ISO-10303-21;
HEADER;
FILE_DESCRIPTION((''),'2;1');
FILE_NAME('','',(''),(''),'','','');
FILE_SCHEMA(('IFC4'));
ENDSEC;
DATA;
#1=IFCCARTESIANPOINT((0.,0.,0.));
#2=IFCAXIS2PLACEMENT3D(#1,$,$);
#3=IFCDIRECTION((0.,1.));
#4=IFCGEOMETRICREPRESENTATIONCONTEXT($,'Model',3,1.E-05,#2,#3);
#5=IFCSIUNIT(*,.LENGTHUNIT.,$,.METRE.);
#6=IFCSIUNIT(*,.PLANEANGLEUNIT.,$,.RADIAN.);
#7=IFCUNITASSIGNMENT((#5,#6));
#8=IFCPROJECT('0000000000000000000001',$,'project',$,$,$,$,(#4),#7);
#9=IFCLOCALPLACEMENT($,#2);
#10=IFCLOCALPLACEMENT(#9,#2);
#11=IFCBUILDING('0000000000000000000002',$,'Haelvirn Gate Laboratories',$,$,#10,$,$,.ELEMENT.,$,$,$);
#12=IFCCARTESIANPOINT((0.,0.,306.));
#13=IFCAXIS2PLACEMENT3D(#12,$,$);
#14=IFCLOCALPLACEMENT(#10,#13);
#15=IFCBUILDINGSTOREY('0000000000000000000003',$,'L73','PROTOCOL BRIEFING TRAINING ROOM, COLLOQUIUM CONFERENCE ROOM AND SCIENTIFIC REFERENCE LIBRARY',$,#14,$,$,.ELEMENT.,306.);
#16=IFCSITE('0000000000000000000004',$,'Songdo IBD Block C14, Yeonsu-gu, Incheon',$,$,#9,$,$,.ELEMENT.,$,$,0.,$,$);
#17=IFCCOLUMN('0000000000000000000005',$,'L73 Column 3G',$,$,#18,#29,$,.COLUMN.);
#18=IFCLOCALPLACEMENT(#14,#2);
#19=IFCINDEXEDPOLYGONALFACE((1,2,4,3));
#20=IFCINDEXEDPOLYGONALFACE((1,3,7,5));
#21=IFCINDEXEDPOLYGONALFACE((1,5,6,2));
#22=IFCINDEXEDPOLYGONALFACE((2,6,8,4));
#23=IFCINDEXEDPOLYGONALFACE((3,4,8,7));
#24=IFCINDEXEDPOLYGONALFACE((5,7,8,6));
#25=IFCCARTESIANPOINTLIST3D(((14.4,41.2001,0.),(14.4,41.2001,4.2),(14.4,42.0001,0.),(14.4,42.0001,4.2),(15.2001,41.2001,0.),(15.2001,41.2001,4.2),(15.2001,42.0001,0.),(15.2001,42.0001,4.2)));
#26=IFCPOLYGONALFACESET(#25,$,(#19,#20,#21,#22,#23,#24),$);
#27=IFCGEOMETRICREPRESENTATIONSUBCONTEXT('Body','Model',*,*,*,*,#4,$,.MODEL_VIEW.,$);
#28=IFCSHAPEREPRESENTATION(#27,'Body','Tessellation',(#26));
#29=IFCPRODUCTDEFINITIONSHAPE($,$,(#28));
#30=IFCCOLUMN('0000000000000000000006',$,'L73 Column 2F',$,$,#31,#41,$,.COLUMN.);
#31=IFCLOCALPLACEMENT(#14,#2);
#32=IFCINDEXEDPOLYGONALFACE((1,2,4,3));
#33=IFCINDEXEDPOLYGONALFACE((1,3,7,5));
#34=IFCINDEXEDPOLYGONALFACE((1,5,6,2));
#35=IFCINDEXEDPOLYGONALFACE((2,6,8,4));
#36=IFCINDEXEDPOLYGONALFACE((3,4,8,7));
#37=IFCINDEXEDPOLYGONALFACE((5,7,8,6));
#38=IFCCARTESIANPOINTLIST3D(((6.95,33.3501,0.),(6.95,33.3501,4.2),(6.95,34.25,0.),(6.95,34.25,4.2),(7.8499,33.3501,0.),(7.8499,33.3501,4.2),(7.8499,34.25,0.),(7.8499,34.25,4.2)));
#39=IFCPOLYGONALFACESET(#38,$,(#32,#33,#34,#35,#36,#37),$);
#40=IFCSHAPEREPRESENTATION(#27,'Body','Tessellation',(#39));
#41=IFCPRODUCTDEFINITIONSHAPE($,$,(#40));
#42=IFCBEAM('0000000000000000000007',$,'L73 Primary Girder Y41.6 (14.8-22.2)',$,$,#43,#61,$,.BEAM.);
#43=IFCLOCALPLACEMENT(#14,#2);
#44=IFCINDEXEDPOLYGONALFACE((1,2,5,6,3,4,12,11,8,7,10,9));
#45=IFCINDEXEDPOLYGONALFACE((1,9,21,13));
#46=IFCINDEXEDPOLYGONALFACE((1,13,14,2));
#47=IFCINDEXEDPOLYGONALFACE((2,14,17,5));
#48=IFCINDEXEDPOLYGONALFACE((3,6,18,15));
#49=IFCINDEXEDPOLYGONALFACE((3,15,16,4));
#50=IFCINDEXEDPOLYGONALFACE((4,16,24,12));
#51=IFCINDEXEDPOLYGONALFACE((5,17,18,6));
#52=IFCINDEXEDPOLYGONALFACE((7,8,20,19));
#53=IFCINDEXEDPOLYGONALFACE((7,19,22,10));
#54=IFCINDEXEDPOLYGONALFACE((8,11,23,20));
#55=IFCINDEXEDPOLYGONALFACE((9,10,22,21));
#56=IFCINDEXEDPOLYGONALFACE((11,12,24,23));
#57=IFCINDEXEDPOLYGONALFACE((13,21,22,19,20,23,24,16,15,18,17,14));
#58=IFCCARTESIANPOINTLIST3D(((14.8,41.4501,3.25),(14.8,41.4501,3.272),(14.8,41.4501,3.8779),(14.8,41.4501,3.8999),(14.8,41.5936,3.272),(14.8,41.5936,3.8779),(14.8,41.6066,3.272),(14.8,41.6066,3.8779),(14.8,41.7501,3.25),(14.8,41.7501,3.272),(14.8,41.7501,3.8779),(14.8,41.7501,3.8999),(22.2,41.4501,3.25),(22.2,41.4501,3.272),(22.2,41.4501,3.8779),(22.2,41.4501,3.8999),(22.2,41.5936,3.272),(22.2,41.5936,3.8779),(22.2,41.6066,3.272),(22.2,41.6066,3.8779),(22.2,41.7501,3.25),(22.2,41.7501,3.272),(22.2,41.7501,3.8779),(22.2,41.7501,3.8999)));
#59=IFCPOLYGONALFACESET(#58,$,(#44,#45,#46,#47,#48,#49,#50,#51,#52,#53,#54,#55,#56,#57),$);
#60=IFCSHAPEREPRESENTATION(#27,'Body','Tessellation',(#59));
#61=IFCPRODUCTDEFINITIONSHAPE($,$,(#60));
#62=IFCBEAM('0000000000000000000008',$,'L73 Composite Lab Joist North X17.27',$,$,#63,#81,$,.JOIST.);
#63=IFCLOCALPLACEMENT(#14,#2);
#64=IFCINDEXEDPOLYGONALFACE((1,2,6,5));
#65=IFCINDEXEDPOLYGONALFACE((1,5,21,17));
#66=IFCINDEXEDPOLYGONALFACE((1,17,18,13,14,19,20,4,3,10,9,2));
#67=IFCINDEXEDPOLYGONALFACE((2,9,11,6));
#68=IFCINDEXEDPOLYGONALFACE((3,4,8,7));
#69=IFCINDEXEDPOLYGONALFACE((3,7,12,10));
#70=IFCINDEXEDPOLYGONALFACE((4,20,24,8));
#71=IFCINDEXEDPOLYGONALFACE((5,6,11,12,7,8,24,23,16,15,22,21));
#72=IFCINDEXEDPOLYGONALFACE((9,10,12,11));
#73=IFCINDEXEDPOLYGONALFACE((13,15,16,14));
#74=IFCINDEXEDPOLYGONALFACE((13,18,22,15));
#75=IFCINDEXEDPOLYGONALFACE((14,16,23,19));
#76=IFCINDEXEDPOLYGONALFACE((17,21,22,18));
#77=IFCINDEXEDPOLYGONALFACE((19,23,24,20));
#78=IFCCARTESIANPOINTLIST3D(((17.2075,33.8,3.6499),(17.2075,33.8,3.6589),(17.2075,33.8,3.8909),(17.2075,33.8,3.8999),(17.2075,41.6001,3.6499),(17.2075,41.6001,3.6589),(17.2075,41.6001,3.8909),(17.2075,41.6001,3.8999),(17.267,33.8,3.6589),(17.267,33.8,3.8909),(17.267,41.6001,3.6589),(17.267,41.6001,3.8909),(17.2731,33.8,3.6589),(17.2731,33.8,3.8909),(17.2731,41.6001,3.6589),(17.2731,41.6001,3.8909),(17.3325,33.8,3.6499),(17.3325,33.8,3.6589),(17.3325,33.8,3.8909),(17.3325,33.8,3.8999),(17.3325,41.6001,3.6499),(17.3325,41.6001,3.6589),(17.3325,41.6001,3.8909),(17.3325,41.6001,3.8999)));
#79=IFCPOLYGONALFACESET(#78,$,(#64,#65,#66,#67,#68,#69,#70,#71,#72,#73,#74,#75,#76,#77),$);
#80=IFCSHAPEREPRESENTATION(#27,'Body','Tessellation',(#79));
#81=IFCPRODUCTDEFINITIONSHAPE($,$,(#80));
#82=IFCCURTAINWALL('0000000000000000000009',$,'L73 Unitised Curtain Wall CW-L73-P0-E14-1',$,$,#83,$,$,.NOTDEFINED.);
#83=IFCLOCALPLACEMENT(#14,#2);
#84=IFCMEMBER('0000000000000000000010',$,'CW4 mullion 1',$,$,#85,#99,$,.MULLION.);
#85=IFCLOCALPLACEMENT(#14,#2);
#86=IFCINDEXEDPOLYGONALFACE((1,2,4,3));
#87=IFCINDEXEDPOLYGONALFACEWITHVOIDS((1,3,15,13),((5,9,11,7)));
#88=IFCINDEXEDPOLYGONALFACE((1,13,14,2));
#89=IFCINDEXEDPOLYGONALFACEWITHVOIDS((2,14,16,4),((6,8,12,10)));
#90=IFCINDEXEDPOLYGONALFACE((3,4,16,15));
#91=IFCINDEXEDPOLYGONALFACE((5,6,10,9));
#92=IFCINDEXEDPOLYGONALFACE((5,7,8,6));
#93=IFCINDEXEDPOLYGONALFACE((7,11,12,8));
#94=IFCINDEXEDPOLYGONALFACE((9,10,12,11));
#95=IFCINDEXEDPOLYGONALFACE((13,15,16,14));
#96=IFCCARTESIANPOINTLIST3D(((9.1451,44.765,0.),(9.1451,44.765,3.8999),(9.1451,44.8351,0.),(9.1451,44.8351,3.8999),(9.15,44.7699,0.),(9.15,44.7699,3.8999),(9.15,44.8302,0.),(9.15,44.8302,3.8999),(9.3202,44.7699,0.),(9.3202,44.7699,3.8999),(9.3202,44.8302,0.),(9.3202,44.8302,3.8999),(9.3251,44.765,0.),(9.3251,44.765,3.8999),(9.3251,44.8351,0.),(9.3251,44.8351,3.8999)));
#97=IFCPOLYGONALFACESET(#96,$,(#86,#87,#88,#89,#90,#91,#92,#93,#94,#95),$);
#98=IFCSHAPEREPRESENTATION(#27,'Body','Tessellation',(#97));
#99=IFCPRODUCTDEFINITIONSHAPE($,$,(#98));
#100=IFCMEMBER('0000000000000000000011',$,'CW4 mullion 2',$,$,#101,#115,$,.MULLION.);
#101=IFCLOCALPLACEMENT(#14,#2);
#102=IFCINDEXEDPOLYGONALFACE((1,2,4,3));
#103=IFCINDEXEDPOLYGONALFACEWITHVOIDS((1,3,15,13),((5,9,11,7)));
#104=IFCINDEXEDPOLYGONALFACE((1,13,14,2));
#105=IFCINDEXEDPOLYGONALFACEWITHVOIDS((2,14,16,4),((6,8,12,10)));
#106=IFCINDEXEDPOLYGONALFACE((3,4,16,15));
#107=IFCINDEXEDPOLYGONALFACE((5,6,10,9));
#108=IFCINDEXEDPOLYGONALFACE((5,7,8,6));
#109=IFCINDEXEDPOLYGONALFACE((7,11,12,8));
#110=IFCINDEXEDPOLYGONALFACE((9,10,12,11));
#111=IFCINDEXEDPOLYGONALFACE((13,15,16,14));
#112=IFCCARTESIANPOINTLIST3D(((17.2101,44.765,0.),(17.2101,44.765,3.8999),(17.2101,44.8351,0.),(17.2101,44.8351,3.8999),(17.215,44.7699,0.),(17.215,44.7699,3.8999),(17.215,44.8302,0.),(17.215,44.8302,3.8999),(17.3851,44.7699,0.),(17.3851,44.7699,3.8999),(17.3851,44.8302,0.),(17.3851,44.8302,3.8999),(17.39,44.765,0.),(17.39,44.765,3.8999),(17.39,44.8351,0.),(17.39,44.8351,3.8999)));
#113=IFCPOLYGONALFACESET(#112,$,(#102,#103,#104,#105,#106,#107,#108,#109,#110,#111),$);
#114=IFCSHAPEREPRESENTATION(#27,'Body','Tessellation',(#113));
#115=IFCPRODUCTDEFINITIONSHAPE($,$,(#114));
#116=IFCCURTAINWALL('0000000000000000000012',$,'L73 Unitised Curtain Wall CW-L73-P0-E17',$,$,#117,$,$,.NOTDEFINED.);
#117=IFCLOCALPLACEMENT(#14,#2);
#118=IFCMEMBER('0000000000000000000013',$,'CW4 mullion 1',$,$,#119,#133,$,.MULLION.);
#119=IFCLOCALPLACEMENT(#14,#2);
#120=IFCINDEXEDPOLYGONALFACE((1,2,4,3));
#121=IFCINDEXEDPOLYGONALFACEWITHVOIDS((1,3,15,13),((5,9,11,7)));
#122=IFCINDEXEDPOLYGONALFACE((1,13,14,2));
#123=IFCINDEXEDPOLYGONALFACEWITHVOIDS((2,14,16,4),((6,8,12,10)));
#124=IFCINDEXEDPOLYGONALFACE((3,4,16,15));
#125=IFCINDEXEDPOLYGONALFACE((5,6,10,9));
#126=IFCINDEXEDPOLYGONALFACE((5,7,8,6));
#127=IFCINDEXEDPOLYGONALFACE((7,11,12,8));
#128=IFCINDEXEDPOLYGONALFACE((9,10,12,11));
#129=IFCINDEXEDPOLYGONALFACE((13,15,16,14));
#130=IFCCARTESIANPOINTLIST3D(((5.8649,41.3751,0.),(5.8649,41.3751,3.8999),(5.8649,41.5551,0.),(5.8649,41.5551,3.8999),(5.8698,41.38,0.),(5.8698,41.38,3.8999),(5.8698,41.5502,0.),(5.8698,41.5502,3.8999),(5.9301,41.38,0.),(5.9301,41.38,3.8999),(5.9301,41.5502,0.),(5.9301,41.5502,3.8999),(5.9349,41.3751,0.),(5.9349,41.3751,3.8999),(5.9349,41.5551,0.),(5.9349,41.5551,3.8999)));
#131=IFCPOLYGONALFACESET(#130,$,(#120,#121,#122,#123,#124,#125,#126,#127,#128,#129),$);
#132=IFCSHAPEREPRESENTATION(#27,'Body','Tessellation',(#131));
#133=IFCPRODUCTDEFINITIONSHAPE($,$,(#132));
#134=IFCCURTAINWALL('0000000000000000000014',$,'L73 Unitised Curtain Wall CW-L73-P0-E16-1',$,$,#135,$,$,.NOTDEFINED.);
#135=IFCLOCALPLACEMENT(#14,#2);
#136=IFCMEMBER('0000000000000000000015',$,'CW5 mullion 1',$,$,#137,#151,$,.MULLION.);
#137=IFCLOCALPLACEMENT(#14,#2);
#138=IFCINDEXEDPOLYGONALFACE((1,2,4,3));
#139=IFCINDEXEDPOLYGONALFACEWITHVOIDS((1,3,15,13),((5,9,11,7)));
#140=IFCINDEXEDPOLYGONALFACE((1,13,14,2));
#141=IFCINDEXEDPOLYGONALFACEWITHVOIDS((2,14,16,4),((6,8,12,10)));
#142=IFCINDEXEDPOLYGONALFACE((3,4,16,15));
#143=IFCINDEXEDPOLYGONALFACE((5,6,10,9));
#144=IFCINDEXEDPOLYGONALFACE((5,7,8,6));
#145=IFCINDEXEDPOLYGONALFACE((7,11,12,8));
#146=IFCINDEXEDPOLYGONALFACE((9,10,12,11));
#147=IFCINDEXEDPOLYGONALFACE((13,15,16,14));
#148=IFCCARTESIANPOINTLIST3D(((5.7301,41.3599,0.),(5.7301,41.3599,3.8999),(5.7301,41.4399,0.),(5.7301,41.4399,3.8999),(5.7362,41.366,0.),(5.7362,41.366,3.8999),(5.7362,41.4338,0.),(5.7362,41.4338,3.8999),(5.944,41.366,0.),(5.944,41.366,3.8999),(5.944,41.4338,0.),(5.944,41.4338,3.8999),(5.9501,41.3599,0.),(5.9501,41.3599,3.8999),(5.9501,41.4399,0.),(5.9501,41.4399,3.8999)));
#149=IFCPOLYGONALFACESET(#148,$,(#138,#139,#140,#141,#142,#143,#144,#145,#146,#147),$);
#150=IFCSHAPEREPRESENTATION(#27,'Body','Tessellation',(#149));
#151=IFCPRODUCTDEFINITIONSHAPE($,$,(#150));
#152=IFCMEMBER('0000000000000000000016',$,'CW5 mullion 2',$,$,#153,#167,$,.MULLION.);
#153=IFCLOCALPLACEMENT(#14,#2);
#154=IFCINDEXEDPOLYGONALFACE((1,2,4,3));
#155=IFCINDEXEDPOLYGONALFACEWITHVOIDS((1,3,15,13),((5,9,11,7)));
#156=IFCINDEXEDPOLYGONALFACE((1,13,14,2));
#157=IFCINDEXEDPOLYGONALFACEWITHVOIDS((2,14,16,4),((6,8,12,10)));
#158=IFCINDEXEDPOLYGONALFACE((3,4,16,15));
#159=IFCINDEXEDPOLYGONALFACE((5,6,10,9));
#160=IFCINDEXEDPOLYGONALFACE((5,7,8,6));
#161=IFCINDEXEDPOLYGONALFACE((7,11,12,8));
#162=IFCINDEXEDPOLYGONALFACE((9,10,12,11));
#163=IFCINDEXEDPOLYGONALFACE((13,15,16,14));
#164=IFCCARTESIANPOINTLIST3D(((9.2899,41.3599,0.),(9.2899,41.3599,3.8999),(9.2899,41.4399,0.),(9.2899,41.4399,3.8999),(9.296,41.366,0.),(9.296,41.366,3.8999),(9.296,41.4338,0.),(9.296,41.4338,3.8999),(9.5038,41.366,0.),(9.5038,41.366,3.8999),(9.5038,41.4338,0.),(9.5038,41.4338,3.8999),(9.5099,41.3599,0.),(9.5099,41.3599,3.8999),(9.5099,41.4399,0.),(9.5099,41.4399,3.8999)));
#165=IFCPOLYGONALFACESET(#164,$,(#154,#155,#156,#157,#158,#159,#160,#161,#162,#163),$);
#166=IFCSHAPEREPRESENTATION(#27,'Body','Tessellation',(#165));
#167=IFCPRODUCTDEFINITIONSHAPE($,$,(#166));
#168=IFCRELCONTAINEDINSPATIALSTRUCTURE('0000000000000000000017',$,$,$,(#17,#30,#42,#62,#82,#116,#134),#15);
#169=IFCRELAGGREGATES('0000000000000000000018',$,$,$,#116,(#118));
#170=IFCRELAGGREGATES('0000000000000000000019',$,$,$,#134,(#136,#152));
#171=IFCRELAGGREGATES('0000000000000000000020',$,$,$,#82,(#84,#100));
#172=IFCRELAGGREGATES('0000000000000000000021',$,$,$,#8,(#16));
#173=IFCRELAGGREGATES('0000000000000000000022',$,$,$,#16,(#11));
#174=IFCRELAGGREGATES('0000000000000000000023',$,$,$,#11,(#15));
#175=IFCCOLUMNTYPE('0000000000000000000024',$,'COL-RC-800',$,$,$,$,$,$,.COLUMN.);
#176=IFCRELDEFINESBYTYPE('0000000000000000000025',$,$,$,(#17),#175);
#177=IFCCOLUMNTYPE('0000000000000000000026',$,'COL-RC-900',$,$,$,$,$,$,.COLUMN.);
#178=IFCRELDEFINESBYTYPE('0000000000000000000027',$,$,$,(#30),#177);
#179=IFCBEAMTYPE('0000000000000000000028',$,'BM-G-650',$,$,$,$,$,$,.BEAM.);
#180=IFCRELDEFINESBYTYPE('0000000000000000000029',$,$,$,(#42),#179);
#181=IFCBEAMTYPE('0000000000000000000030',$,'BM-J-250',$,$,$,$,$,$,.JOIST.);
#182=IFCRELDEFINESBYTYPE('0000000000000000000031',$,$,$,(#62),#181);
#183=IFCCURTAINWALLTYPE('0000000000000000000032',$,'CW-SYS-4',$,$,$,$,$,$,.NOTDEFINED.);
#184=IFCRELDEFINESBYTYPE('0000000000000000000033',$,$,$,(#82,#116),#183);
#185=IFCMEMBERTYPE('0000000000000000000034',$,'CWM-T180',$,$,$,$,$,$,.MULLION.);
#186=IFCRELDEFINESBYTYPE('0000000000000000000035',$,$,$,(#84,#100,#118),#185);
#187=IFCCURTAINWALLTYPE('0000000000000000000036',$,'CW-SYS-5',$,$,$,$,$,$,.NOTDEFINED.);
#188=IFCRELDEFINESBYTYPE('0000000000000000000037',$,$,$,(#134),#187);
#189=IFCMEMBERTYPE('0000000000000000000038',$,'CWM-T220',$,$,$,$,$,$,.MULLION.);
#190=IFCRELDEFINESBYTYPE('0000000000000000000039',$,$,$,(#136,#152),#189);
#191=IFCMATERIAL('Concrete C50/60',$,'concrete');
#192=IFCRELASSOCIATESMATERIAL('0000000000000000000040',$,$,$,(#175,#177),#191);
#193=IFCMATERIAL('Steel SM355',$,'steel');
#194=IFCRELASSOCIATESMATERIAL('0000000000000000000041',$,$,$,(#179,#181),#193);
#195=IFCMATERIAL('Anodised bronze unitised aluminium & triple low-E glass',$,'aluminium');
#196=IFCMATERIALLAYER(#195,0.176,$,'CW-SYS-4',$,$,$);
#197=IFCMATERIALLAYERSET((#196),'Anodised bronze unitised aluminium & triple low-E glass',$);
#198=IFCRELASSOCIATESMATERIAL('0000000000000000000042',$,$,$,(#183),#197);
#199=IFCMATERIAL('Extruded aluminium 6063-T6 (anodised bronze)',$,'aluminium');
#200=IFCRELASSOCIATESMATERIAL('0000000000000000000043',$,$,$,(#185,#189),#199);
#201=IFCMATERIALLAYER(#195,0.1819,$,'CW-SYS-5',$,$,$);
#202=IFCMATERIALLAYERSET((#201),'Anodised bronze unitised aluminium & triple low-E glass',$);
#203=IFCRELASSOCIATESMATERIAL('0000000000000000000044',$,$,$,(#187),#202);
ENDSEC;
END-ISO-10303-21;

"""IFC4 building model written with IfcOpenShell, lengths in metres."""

from ifc_helpers import new_model, si_unit, direction, frame, origin, origin_2d, place, context, subcontext, project, spatial, rectangle, hollow_rectangle, i_section, extrude, source, transform, mapped, material, layer, layer_set, material_profile, profile_set, type_object, type_shapes, element, aggregate, save


model = new_model("IFC4")

# Units and contexts
model_context = context("Model", 3, precision=1e-05, world=origin(), true_north=direction((0.0, 1.0)))
body_context = subcontext(model_context, "Body", "Model", "MODEL_VIEW")
ifc_project = project(units=[si_unit("LENGTHUNIT", "METRE"), si_unit("PLANEANGLEUNIT", "RADIAN")], contexts=[model_context])

# Site, building, storey
site_placement = place(None, origin())
site = spatial("IfcSite", under=ifc_project, at=site_placement, Name="Songdo IBD Block C14, Yeonsu-gu, Incheon", CompositionType="ELEMENT", RefElevation=0.0)
building_placement = place(site_placement, origin())
building = spatial("IfcBuilding", under=site, at=building_placement, Name="Haelvirn Gate Laboratories", CompositionType="ELEMENT")
storey_placement = place(building_placement, frame((0.0, 0.0, 306.0)))
storey = spatial("IfcBuildingStorey", under=building, at=storey_placement, Name="L73", Description="PROTOCOL BRIEFING TRAINING ROOM, COLLOQUIUM CONFERENCE ROOM AND SCIENTIFIC REFERENCE LIBRARY", CompositionType="ELEMENT", Elevation=306.0)

# Columns
ifc_material_1 = material(Name="Concrete C50/60", Category="concrete")
ifc_material_profile_1 = material_profile(ifc_material_1, rectangle(XDim=0.8, YDim=0.8, at=origin_2d()), Name="RC-800x800")
ifc_profile_set_1 = profile_set([ifc_material_profile_1], Name="Concrete C50/60")
column_type_1 = type_object("IfcColumnType", Name="COL-RC-800", PredefinedType="COLUMN", material=ifc_profile_set_1)
shared_shape_1 = source(origin(), body_context, "Body", "SweptSolid", [
    extrude(rectangle(XDim=0.8, YDim=0.8, at=origin_2d()), origin(), (0.0, 0.0, 1.0), 4.2),
])
type_shapes(column_type_1, [shared_shape_1])
column_1_placement = place(storey_placement, frame((14.8, 41.6001, 0.0), z_axis=(0.0, 0.0, 1.0), x_axis=(1.0, 0.0, 0.0)))
element("IfcColumn", 1, at=column_1_placement, inside=storey, type_object=column_type_1, Name="L73 Column 3G", PredefinedType="COLUMN", context=body_context, shape_type="MappedRepresentation", body=[
    mapped(shared_shape_1, transform((0.0, 0.0, 0.0), scale=1.0)),
])
ifc_material_profile_2 = material_profile(ifc_material_1, rectangle(XDim=0.8999, YDim=0.8999, at=origin_2d()), Name="RC-900x900")
ifc_profile_set_2 = profile_set([ifc_material_profile_2], Name="Concrete C50/60")
column_type_2 = type_object("IfcColumnType", Name="COL-RC-900", PredefinedType="COLUMN", material=ifc_profile_set_2)
shared_shape_2 = source(origin(), body_context, "Body", "SweptSolid", [
    extrude(rectangle(XDim=0.8999, YDim=0.8999, at=origin_2d()), origin(), (0.0, 0.0, 1.0), 4.2),
])
type_shapes(column_type_2, [shared_shape_2])
column_2_placement = place(storey_placement, frame((7.3999, 33.8, 0.0), z_axis=(0.0, 0.0, 1.0), x_axis=(1.0, 0.0, 0.0)))
element("IfcColumn", 2, at=column_2_placement, inside=storey, type_object=column_type_2, Name="L73 Column 2F", PredefinedType="COLUMN", context=body_context, shape_type="MappedRepresentation", body=[
    mapped(shared_shape_2, transform((0.0, 0.0, 0.0), scale=1.0)),
])

# Beams
ifc_material_2 = material(Name="Steel SM355", Category="steel")
ifc_material_profile_3 = material_profile(ifc_material_2, i_section(OverallWidth=0.3, OverallDepth=0.6499, WebThickness=0.0129, FlangeThickness=0.022, at=origin_2d()), Name="H-650x300x13x22")
ifc_profile_set_3 = profile_set([ifc_material_profile_3], Name="Steel SM355")
beam_type_1 = type_object("IfcBeamType", Name="BM-G-650", PredefinedType="BEAM", material=ifc_profile_set_3)
shared_shape_3 = source(origin(), body_context, "Body", "SweptSolid", [
    extrude(i_section(OverallWidth=0.3, OverallDepth=0.6499, WebThickness=0.0129, FlangeThickness=0.022, at=origin_2d()), origin(), (0.0, 0.0, 1.0), 7.3999),
])
type_shapes(beam_type_1, [shared_shape_3])
beam_1_placement = place(storey_placement, frame((14.8, 41.6001, 3.575), z_axis=(1.0, 0.0, 0.0), x_axis=(0.0, 1.0, 0.0)))
element("IfcBeam", 3, at=beam_1_placement, inside=storey, type_object=beam_type_1, Name="L73 Primary Girder Y41.6 (14.8-22.2)", PredefinedType="BEAM", context=body_context, shape_type="MappedRepresentation", body=[
    mapped(shared_shape_3, transform((0.0, 0.0, 0.0), scale=1.0)),
])
ifc_material_profile_4 = material_profile(ifc_material_2, i_section(OverallWidth=0.125, OverallDepth=0.25, WebThickness=0.0061, FlangeThickness=0.009, at=origin_2d()), Name="H-250x125x6x9")
ifc_profile_set_4 = profile_set([ifc_material_profile_4], Name="Steel SM355")
beam_type_2 = type_object("IfcBeamType", Name="BM-J-250", PredefinedType="JOIST", material=ifc_profile_set_4)
shared_shape_4 = source(origin(), body_context, "Body", "SweptSolid", [
    extrude(i_section(OverallWidth=0.125, OverallDepth=0.25, WebThickness=0.0061, FlangeThickness=0.009, at=origin_2d()), origin(), (0.0, 0.0, 1.0), 7.8),
])
type_shapes(beam_type_2, [shared_shape_4])
beam_2_placement = place(storey_placement, frame((17.27, 33.8, 3.7749), z_axis=(0.0, 1.0, 0.0), x_axis=(-1.0, 0.0, 0.0)))
element("IfcBeam", 4, at=beam_2_placement, inside=storey, type_object=beam_type_2, Name="L73 Composite Lab Joist North X17.27", PredefinedType="JOIST", context=body_context, shape_type="MappedRepresentation", body=[
    mapped(shared_shape_4, transform((0.0, 0.0, 0.0), scale=1.0)),
])

# Curtain wall, members
ifc_material_3 = material(Name="Anodised bronze unitised aluminium & triple low-E glass", Category="aluminium")
ifc_layer_1 = layer(ifc_material_3, 0.176, Name="CW-SYS-4")
ifc_layer_set_1 = layer_set([ifc_layer_1], Name="Anodised bronze unitised aluminium & triple low-E glass")
curtain_wall_type_1 = type_object("IfcCurtainWallType", Name="CW-SYS-4", PredefinedType="NOTDEFINED", material=ifc_layer_set_1)
curtain_wall_1_placement = place(storey_placement, origin())
curtain_wall_1 = element("IfcCurtainWall", 5, at=curtain_wall_1_placement, inside=storey, type_object=curtain_wall_type_1, Name="L73 Unitised Curtain Wall CW-L73-P0-E14-1", PredefinedType="NOTDEFINED")
ifc_material_4 = material(Name="Extruded aluminium 6063-T6 (anodised bronze)", Category="aluminium")
ifc_material_profile_5 = material_profile(ifc_material_4, hollow_rectangle(XDim=0.0701, YDim=0.1799, WallThickness=0.0049, at=origin_2d()), Name="CWM-180x70x5")
ifc_profile_set_5 = profile_set([ifc_material_profile_5], Name="Extruded aluminium 6063-T6 (anodised bronze)")
member_type_1 = type_object("IfcMemberType", Name="CWM-T180", PredefinedType="MULLION", material=ifc_profile_set_5)
shared_shape_5 = source(origin(), body_context, "Body", "SweptSolid", [
    extrude(hollow_rectangle(XDim=0.0701, YDim=0.1799, WallThickness=0.0049, at=origin_2d()), origin(), (0.0, 0.0, 1.0), 3.8999),
])
type_shapes(member_type_1, [shared_shape_5])
member_1_placement = place(storey_placement, frame((9.2351, 44.8, 0.0), z_axis=(0.0, 0.0, 1.0), x_axis=(0.0, 1.0, 0.0)))
member_1 = element("IfcMember", 6, at=member_1_placement, type_object=member_type_1, Name="CW4 mullion 1", PredefinedType="MULLION", context=body_context, shape_type="MappedRepresentation", body=[
    mapped(shared_shape_5, transform((0.0, 0.0, 0.0), scale=1.0)),
])
member_2_placement = place(storey_placement, frame((17.3, 44.8, 0.0), z_axis=(0.0, 0.0, 1.0), x_axis=(0.0, 1.0, 0.0)))
member_2 = element("IfcMember", 7, at=member_2_placement, type_object=member_type_1, Name="CW4 mullion 2", PredefinedType="MULLION", context=body_context, shape_type="MappedRepresentation", body=[
    mapped(shared_shape_5, transform((0.0, 0.0, 0.0), scale=1.0)),
])

# Curtain wall, member
curtain_wall_2_placement = place(storey_placement, origin())
curtain_wall_2 = element("IfcCurtainWall", 8, at=curtain_wall_2_placement, inside=storey, type_object=curtain_wall_type_1, Name="L73 Unitised Curtain Wall CW-L73-P0-E17", PredefinedType="NOTDEFINED")
member_3_placement = place(storey_placement, frame((5.8999, 41.4651, 0.0), z_axis=(0.0, 0.0, 1.0), x_axis=(1.0, 0.0, 0.0)))
member_3 = element("IfcMember", 9, at=member_3_placement, type_object=member_type_1, Name="CW4 mullion 1", PredefinedType="MULLION", context=body_context, shape_type="MappedRepresentation", body=[
    mapped(shared_shape_5, transform((0.0, 0.0, 0.0), scale=1.0)),
])

# Curtain wall, members
ifc_layer_2 = layer(ifc_material_3, 0.1819, Name="CW-SYS-5")
ifc_layer_set_2 = layer_set([ifc_layer_2], Name="Anodised bronze unitised aluminium & triple low-E glass")
curtain_wall_type_2 = type_object("IfcCurtainWallType", Name="CW-SYS-5", PredefinedType="NOTDEFINED", material=ifc_layer_set_2)
curtain_wall_3_placement = place(storey_placement, origin())
curtain_wall_3 = element("IfcCurtainWall", 10, at=curtain_wall_3_placement, inside=storey, type_object=curtain_wall_type_2, Name="L73 Unitised Curtain Wall CW-L73-P0-E16-1", PredefinedType="NOTDEFINED")
ifc_material_profile_6 = material_profile(ifc_material_4, hollow_rectangle(XDim=0.0801, YDim=0.22, WallThickness=0.0061, at=origin_2d()), Name="CWM-220x80x6")
ifc_profile_set_6 = profile_set([ifc_material_profile_6], Name="Extruded aluminium 6063-T6 (anodised bronze)")
member_type_2 = type_object("IfcMemberType", Name="CWM-T220", PredefinedType="MULLION", material=ifc_profile_set_6)
shared_shape_6 = source(origin(), body_context, "Body", "SweptSolid", [
    extrude(hollow_rectangle(XDim=0.0801, YDim=0.22, WallThickness=0.0061, at=origin_2d()), origin(), (0.0, 0.0, 1.0), 3.8999),
])
type_shapes(member_type_2, [shared_shape_6])
member_4_placement = place(storey_placement, frame((5.8401, 41.3999, 0.0), z_axis=(0.0, 0.0, 1.0), x_axis=(0.0, 1.0, 0.0)))
member_4 = element("IfcMember", 11, at=member_4_placement, type_object=member_type_2, Name="CW5 mullion 1", PredefinedType="MULLION", context=body_context, shape_type="MappedRepresentation", body=[
    mapped(shared_shape_6, transform((0.0, 0.0, 0.0), scale=1.0)),
])
member_5_placement = place(storey_placement, frame((9.3999, 41.3999, 0.0), z_axis=(0.0, 0.0, 1.0), x_axis=(0.0, 1.0, 0.0)))
member_5 = element("IfcMember", 12, at=member_5_placement, type_object=member_type_2, Name="CW5 mullion 2", PredefinedType="MULLION", context=body_context, shape_type="MappedRepresentation", body=[
    mapped(shared_shape_6, transform((0.0, 0.0, 0.0), scale=1.0)),
])

aggregate(curtain_wall_2, [member_3])

aggregate(curtain_wall_3, [member_4, member_5])
aggregate(curtain_wall_1, [member_1, member_2])

save(model, "model.ifc")
